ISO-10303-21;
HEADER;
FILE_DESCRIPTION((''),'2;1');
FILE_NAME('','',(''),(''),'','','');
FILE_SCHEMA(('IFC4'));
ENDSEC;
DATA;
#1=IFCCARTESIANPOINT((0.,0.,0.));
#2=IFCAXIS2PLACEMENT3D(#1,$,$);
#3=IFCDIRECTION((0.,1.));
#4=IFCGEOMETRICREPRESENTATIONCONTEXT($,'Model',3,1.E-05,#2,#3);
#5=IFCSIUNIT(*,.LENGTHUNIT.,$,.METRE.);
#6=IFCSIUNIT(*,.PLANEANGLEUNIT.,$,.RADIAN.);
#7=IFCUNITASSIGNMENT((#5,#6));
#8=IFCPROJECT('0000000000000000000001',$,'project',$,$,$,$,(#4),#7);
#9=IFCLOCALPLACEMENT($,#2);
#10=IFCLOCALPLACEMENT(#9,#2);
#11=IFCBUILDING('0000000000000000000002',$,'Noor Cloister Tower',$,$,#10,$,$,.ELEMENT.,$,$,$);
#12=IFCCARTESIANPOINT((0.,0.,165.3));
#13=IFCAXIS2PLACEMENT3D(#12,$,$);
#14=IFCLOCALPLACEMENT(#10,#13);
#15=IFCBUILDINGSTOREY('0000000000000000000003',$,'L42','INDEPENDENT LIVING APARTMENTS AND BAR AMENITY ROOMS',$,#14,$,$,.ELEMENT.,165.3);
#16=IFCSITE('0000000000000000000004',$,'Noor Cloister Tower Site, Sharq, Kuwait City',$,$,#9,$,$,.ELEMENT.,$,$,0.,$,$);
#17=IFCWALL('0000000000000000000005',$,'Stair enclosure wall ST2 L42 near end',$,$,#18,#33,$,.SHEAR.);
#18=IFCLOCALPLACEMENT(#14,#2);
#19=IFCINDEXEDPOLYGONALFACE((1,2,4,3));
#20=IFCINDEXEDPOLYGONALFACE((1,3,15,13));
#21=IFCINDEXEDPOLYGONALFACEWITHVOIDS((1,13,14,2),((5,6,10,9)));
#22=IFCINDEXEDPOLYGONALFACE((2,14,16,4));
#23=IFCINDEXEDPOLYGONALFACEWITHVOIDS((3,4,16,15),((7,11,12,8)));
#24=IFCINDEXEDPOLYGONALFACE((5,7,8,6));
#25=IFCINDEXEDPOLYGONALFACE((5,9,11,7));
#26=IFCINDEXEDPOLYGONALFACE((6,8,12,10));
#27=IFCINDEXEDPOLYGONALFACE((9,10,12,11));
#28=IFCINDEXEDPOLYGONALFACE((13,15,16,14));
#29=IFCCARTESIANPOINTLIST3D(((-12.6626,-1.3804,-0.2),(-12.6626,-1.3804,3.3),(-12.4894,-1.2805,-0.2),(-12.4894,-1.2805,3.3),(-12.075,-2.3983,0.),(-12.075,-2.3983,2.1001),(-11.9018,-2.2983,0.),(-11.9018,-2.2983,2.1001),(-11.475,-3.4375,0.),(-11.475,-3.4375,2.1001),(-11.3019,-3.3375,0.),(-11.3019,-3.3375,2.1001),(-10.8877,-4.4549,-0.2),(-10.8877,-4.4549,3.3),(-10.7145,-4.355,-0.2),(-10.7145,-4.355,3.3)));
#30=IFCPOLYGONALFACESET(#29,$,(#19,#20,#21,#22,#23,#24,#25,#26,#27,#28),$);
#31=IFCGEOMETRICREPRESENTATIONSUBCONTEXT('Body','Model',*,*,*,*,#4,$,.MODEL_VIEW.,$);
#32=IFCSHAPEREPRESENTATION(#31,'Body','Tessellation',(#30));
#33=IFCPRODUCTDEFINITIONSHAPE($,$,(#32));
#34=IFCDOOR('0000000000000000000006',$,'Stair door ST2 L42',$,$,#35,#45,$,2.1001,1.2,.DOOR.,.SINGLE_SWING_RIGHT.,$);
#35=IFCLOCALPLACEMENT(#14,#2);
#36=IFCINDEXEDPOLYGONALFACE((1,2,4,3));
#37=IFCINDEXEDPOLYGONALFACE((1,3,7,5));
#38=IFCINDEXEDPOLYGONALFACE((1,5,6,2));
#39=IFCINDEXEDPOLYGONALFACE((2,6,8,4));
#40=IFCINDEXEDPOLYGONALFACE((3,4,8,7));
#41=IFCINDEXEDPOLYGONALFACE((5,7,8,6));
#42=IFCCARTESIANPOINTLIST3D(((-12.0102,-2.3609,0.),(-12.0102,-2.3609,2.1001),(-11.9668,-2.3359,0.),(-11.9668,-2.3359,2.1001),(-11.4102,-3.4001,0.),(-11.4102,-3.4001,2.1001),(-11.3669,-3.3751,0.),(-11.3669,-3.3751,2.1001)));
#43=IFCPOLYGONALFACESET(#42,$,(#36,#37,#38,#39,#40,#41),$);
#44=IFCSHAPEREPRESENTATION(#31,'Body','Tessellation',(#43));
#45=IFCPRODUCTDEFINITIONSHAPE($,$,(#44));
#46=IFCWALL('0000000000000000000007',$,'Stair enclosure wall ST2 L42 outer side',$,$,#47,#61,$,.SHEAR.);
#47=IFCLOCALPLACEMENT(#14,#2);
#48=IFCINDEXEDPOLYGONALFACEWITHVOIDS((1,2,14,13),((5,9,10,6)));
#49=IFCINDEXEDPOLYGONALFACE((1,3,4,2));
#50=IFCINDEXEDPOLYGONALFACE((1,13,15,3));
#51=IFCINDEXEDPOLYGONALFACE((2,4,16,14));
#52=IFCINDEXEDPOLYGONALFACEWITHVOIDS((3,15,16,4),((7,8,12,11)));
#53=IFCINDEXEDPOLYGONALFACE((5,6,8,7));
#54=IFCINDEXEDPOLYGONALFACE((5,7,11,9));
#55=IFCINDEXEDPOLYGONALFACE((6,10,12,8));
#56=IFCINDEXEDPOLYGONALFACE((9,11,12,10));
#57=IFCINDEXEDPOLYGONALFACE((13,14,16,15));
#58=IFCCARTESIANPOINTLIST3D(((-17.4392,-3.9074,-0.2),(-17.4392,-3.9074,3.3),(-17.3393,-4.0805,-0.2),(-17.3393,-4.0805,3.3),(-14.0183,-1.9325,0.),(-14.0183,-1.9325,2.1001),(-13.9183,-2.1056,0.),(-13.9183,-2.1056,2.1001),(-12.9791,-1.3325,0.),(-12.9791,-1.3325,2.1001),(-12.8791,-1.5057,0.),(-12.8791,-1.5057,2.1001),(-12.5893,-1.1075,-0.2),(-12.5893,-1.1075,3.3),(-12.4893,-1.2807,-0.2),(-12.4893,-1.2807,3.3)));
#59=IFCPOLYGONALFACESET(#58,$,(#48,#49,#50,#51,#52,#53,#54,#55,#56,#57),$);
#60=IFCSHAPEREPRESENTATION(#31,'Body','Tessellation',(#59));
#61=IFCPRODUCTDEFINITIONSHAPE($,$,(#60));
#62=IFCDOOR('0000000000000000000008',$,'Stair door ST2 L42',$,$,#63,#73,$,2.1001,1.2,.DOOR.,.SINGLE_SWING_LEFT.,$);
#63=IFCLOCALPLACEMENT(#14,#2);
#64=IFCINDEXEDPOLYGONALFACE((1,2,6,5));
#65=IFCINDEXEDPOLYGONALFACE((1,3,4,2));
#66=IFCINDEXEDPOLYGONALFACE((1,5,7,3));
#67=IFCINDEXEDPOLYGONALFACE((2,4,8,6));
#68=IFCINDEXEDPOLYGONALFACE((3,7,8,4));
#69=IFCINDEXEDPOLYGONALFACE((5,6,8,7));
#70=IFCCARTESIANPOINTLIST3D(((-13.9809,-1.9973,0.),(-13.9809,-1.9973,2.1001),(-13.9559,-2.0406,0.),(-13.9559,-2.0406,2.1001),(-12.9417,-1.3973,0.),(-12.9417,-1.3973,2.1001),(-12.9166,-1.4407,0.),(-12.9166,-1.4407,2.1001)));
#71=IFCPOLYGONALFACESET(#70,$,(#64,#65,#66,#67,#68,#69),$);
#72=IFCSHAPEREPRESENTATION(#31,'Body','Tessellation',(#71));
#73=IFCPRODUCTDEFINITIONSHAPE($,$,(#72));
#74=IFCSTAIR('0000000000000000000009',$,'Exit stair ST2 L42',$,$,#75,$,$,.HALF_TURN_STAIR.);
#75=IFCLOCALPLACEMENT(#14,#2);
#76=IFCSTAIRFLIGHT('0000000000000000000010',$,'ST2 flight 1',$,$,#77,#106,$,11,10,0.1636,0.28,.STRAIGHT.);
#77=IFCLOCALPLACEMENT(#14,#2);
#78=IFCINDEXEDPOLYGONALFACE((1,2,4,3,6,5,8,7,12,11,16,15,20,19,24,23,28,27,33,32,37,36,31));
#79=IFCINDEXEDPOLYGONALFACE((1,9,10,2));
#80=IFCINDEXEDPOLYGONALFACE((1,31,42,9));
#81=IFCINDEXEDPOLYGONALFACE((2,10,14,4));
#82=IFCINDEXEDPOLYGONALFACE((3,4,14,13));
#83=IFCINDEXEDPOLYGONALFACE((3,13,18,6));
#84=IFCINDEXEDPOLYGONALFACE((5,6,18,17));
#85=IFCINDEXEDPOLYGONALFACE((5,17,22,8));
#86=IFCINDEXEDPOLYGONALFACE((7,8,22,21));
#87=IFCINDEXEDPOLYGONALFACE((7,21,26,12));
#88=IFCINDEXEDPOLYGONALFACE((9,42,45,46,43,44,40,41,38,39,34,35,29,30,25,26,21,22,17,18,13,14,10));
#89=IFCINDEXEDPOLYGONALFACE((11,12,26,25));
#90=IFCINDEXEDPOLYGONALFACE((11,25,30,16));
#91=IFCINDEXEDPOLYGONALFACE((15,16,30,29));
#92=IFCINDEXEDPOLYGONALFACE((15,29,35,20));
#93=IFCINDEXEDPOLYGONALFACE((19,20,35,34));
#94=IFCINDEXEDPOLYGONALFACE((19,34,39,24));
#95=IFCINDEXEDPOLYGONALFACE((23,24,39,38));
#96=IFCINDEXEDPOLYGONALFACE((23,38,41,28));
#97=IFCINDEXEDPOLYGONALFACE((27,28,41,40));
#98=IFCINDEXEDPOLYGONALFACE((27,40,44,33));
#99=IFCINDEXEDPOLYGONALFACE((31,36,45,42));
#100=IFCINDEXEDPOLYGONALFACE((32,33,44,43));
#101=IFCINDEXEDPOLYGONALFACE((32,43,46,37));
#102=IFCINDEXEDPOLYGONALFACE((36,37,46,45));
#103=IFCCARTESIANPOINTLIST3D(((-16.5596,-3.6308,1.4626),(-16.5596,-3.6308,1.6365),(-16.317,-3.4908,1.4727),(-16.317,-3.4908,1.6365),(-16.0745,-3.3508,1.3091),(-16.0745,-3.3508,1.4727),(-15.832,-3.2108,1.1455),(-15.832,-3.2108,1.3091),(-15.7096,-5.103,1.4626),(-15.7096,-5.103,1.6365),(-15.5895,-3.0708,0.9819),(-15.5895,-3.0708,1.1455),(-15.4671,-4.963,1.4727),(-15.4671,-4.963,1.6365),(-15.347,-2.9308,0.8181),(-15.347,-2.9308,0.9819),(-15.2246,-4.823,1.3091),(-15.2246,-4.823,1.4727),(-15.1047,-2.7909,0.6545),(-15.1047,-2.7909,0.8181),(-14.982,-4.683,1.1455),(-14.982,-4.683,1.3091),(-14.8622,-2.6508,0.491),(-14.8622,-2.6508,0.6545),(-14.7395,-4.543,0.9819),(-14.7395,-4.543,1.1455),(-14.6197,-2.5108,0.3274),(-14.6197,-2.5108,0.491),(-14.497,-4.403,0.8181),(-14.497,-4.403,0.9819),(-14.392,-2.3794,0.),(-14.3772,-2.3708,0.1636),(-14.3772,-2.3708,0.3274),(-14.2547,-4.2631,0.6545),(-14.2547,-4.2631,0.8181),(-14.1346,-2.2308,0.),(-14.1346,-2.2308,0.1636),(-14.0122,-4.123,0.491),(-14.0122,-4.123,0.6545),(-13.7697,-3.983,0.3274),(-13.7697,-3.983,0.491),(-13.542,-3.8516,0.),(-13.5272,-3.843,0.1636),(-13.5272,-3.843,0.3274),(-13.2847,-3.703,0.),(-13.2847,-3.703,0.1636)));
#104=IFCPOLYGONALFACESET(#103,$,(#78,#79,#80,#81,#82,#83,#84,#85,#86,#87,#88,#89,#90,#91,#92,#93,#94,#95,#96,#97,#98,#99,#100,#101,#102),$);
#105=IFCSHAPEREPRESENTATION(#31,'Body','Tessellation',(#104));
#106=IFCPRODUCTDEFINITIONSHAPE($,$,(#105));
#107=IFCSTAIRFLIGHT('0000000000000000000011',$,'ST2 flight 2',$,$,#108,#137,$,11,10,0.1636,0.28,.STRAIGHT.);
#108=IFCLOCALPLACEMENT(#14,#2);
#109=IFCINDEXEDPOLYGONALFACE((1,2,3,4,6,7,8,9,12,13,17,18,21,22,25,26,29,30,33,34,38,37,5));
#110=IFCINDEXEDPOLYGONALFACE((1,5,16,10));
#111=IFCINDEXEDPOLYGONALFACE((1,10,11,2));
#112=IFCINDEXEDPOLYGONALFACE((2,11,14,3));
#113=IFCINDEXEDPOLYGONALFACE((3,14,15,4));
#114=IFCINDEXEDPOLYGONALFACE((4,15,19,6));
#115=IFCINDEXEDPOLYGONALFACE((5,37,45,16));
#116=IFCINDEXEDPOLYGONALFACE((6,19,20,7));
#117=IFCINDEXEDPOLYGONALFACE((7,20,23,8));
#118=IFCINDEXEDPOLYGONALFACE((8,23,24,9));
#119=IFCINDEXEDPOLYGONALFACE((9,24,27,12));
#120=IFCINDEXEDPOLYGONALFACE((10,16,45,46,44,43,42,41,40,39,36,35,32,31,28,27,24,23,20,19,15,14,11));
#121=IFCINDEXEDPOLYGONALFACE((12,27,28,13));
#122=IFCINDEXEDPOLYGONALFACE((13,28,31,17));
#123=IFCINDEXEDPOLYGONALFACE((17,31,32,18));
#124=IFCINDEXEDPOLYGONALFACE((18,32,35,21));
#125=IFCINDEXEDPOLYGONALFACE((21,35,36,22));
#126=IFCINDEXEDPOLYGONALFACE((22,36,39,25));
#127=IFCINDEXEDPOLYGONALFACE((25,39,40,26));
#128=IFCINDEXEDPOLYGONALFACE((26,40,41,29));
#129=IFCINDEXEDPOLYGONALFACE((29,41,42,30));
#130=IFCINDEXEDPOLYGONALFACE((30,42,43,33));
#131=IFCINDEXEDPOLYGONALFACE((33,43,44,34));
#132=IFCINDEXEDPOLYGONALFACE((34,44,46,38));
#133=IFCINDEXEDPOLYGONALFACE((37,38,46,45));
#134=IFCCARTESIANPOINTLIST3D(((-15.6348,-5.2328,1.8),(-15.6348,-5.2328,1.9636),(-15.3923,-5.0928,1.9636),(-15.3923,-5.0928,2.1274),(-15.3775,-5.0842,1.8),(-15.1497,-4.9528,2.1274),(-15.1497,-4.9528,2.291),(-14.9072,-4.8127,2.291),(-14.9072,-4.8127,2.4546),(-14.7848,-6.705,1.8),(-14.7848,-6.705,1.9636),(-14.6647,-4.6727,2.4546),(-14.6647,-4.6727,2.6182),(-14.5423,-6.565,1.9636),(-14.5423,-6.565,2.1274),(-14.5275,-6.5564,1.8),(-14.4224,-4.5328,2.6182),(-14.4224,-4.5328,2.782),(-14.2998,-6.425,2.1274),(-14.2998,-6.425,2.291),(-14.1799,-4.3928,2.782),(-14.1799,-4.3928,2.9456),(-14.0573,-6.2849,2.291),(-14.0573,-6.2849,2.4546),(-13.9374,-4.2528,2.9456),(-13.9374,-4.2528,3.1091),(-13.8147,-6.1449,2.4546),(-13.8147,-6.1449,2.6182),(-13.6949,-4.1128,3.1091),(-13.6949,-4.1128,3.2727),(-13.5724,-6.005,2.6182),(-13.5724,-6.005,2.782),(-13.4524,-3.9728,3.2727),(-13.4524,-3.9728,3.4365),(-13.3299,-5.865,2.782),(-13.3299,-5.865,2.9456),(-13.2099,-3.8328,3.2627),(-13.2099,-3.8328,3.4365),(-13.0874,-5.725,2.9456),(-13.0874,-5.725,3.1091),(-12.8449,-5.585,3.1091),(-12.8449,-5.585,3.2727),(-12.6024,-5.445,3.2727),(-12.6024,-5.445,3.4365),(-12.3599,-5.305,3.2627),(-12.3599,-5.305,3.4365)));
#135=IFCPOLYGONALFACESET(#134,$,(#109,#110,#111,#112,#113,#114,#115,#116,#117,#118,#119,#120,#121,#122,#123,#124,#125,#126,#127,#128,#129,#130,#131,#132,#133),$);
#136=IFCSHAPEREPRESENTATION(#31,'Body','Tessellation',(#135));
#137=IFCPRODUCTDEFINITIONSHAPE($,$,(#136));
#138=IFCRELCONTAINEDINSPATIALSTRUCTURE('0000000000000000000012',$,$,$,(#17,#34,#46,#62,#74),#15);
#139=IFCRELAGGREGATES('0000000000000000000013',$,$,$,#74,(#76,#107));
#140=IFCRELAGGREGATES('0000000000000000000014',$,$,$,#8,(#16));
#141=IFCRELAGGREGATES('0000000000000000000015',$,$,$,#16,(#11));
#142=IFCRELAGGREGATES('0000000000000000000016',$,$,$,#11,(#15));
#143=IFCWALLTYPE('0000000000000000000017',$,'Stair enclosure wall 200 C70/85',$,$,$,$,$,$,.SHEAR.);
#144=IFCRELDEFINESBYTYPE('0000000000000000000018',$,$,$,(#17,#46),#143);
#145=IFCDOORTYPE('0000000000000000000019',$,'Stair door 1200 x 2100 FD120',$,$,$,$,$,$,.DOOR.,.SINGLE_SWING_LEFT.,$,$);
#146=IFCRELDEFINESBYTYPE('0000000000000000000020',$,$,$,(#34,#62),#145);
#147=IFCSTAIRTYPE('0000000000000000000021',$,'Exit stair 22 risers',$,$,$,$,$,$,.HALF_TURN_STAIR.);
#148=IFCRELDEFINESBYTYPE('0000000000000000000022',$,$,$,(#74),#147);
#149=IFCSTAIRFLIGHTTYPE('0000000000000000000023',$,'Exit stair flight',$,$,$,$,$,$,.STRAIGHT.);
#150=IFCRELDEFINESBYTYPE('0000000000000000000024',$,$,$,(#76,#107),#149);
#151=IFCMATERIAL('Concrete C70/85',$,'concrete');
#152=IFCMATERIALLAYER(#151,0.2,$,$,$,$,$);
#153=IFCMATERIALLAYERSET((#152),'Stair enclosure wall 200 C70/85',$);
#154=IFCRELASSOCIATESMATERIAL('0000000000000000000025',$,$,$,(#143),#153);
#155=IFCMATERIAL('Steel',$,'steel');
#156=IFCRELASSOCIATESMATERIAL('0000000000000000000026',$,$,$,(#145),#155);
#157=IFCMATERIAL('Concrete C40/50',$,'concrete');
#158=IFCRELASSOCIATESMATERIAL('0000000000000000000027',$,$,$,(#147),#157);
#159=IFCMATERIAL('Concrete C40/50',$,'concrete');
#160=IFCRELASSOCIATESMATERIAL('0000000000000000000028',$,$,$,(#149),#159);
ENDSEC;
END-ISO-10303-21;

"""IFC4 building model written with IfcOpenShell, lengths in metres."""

from ifc_helpers import new_model, si_unit, direction, frame, frame_2d, origin, place, context, subcontext, project, spatial, polyline, rectangle, outline, extrude, material, layer, layer_set, type_object, element, fill, aggregate, save


model = new_model("IFC4")

# Units and contexts
model_context = context("Model", 3, precision=1e-05, world=origin(), true_north=direction((0.0, 1.0)))
body_context = subcontext(model_context, "Body", "Model", "MODEL_VIEW")
ifc_project = project(units=[si_unit("LENGTHUNIT", "METRE"), si_unit("PLANEANGLEUNIT", "RADIAN")], contexts=[model_context])

# Site, building, storey
site_placement = place(None, origin())
site = spatial("IfcSite", under=ifc_project, at=site_placement, Name="Noor Cloister Tower Site, Sharq, Kuwait City", CompositionType="ELEMENT", RefElevation=0.0)
building_placement = place(site_placement, origin())
building = spatial("IfcBuilding", under=site, at=building_placement, Name="Noor Cloister Tower", CompositionType="ELEMENT")
storey_placement = place(building_placement, frame((0.0, 0.0, 165.3)))
storey = spatial("IfcBuildingStorey", under=building, at=storey_placement, Name="L42", Description="INDEPENDENT LIVING APARTMENTS AND BAR AMENITY ROOMS", CompositionType="ELEMENT", Elevation=165.3)

# Walls, openings, doors
ifc_material_1 = material(Name="Concrete C70/85", Category="concrete")
ifc_layer_1 = layer(ifc_material_1, 0.2)
ifc_layer_set_1 = layer_set([ifc_layer_1], Name="Stair enclosure wall 200 C70/85")
wall_type_1 = type_object("IfcWallType", Name="Stair enclosure wall 200 C70/85", PredefinedType="SHEAR", material=ifc_layer_set_1)
wall_1_placement = place(storey_placement, frame((-12.5759, -1.3306, -0.2), z_axis=(0.0, 0.0, 1.0), x_axis=(0.49997, -0.866042, 0.0)))
wall_1 = element("IfcWall", 1, at=wall_1_placement, inside=storey, type_object=wall_type_1, Name="Stair enclosure wall ST2 L42 near end", PredefinedType="SHEAR", context=body_context, shape_type="SweptSolid", body=[
    extrude(rectangle(XDim=3.55, YDim=0.2, at=frame_2d((1.7749, 0.0))), origin(), (0.0, 0.0, 1.0), 3.5),
])
opening_1_placement = place(wall_1_placement, frame((1.175, 0.0, 0.2)))
opening_1 = element("IfcOpeningElement", 2, at=opening_1_placement, cuts=wall_1, PredefinedType="OPENING", context=body_context, shape_type="SweptSolid", body=[
    extrude(rectangle(XDim=1.2, YDim=2.1001, at=frame_2d((0.6001, 1.05))), frame((0.0, 0.1099, 0.0), z_axis=(0.0, -1.0, 0.0), x_axis=(1.0, 0.0, 0.0)), (0.0, 0.0, 1.0), 0.22),
])
ifc_material_2 = material(Name="Steel", Category="steel")
door_type_1 = type_object("IfcDoorType", Name="Stair door 1200 x 2100 FD120", OperationType="SINGLE_SWING_LEFT", PredefinedType="DOOR", material=ifc_material_2)
door_1_placement = place(opening_1_placement, origin())
door_1 = element("IfcDoor", 3, at=door_1_placement, inside=storey, type_object=door_type_1, Name="Stair door ST2 L42", OperationType="SINGLE_SWING_RIGHT", OverallHeight=2.1001, OverallWidth=1.2, PredefinedType="DOOR", context=body_context, shape_type="SweptSolid", body=[
    extrude(rectangle(XDim=1.2, YDim=2.1001, at=frame_2d((0.6001, 1.05))), frame((0.0, 0.0249, 0.0), z_axis=(0.0, -1.0, 0.0), x_axis=(1.0, 0.0, 0.0)), (0.0, 0.0, 1.0), 0.05),
])
fill(opening_1, door_1)
wall_2_placement = place(storey_placement, frame((-12.5393, -1.1941, -0.2), z_axis=(0.0, 0.0, 1.0), x_axis=(-0.866045, -0.499965, 0.0)))
wall_2 = element("IfcWall", 4, at=wall_2_placement, inside=storey, type_object=wall_type_1, Name="Stair enclosure wall ST2 L42 outer side", PredefinedType="SHEAR", context=body_context, shape_type="SweptSolid", body=[
    extrude(rectangle(XDim=5.6001, YDim=0.2, at=frame_2d((2.8, 0.0))), origin(), (0.0, 0.0, 1.0), 3.5),
])
opening_2_placement = place(wall_2_placement, frame((0.45, 0.0, 0.2)))
opening_2 = element("IfcOpeningElement", 5, at=opening_2_placement, cuts=wall_2, PredefinedType="OPENING", context=body_context, shape_type="SweptSolid", body=[
    extrude(rectangle(XDim=1.2, YDim=2.1001, at=frame_2d((0.6001, 1.05))), frame((0.0, 0.1099, 0.0), z_axis=(0.0, -1.0, 0.0), x_axis=(1.0, 0.0, 0.0)), (0.0, 0.0, 1.0), 0.22),
])
door_2_placement = place(opening_2_placement, origin())
door_2 = element("IfcDoor", 6, at=door_2_placement, inside=storey, type_object=door_type_1, Name="Stair door ST2 L42", OperationType="SINGLE_SWING_LEFT", OverallHeight=2.1001, OverallWidth=1.2, PredefinedType="DOOR", context=body_context, shape_type="SweptSolid", body=[
    extrude(rectangle(XDim=1.2, YDim=2.1001, at=frame_2d((0.6001, 1.05))), frame((0.0, 0.0249, 0.0), z_axis=(0.0, -1.0, 0.0), x_axis=(1.0, 0.0, 0.0)), (0.0, 0.0, 1.0), 0.05),
])
fill(opening_2, door_2)

# Stair, stair flights
ifc_material_3 = material(Name="Concrete C40/50", Category="concrete")
stair_type = type_object("IfcStairType", Name="Exit stair 22 risers", PredefinedType="HALF_TURN_STAIR", material=ifc_material_3)
stair_placement = place(storey_placement, origin())
stair = element("IfcStair", 7, at=stair_placement, inside=storey, type_object=stair_type, Name="Exit stair ST2 L42", PredefinedType="HALF_TURN_STAIR")
ifc_material_4 = material(Name="Concrete C40/50", Category="concrete")
stair_flight_type = type_object("IfcStairFlightType", Name="Exit stair flight", PredefinedType="STRAIGHT", material=ifc_material_4)
stair_flight_1_placement = place(storey_placement, frame((-13.7097, -2.9668, 0.0), z_axis=(0.0, 0.0, 1.0), x_axis=(-0.866025, -0.5, 0.0)))
stair_flight_1 = element("IfcStairFlight", 8, at=stair_flight_1_placement, type_object=stair_flight_type, Name="ST2 flight 1", NumberOfRisers=11, NumberOfTreads=10, PredefinedType="STRAIGHT", RiserHeight=0.1636, TreadLength=0.28, context=body_context, shape_type="SweptSolid", body=[
    extrude(outline(polyline([(0.0, 0.0), (0.0, 0.1636), (0.28, 0.1636), (0.28, 0.3274), (0.5601, 0.3274), (0.5601, 0.491), (0.8401, 0.491), (0.8401, 0.6545), (1.1201, 0.6545), (1.1201, 0.8181), (1.3999, 0.8181), (1.3999, 0.9819), (1.6799, 0.9819), (1.6799, 1.1455), (1.96, 1.1455), (1.96, 1.3091), (2.24, 1.3091), (2.24, 1.4727), (2.52, 1.4727), (2.52, 1.6365), (2.8, 1.6365), (2.8, 1.8), (2.8, 1.4626), (0.2971, 0.0), (0.0, 0.0)])), frame((0.0, 0.8501, 0.0), z_axis=(0.0, -1.0, 0.0), x_axis=(1.0, 0.0, 0.0)), (0.0, 0.0, 1.0), 1.7),
])
stair_flight_2_placement = place(storey_placement, frame((-15.2097, -5.969, 1.8), z_axis=(0.0, 0.0, 1.0), x_axis=(0.866025, 0.5, 0.0)))
stair_flight_2 = element("IfcStairFlight", 9, at=stair_flight_2_placement, type_object=stair_flight_type, Name="ST2 flight 2", NumberOfRisers=11, NumberOfTreads=10, PredefinedType="STRAIGHT", RiserHeight=0.1636, TreadLength=0.28, context=body_context, shape_type="SweptSolid", body=[
    extrude(outline(polyline([(0.0, 0.0), (0.0, 0.1636), (0.28, 0.1636), (0.28, 0.3274), (0.5601, 0.3274), (0.5601, 0.491), (0.8401, 0.491), (0.8401, 0.6545), (1.1201, 0.6545), (1.1201, 0.8181), (1.3999, 0.8181), (1.3999, 0.9819), (1.6799, 0.9819), (1.6799, 1.1455), (1.96, 1.1455), (1.96, 1.3091), (2.24, 1.3091), (2.24, 1.4727), (2.52, 1.4727), (2.52, 1.6365), (2.8, 1.6365), (2.8, 1.8), (2.8, 1.4626), (0.2971, 0.0), (0.0, 0.0)])), frame((0.0, 0.8501, 0.0), z_axis=(0.0, -1.0, 0.0), x_axis=(1.0, 0.0, 0.0)), (0.0, 0.0, 1.0), 1.7),
])
aggregate(stair, [stair_flight_1, stair_flight_2])

save(model, "model.ifc")
